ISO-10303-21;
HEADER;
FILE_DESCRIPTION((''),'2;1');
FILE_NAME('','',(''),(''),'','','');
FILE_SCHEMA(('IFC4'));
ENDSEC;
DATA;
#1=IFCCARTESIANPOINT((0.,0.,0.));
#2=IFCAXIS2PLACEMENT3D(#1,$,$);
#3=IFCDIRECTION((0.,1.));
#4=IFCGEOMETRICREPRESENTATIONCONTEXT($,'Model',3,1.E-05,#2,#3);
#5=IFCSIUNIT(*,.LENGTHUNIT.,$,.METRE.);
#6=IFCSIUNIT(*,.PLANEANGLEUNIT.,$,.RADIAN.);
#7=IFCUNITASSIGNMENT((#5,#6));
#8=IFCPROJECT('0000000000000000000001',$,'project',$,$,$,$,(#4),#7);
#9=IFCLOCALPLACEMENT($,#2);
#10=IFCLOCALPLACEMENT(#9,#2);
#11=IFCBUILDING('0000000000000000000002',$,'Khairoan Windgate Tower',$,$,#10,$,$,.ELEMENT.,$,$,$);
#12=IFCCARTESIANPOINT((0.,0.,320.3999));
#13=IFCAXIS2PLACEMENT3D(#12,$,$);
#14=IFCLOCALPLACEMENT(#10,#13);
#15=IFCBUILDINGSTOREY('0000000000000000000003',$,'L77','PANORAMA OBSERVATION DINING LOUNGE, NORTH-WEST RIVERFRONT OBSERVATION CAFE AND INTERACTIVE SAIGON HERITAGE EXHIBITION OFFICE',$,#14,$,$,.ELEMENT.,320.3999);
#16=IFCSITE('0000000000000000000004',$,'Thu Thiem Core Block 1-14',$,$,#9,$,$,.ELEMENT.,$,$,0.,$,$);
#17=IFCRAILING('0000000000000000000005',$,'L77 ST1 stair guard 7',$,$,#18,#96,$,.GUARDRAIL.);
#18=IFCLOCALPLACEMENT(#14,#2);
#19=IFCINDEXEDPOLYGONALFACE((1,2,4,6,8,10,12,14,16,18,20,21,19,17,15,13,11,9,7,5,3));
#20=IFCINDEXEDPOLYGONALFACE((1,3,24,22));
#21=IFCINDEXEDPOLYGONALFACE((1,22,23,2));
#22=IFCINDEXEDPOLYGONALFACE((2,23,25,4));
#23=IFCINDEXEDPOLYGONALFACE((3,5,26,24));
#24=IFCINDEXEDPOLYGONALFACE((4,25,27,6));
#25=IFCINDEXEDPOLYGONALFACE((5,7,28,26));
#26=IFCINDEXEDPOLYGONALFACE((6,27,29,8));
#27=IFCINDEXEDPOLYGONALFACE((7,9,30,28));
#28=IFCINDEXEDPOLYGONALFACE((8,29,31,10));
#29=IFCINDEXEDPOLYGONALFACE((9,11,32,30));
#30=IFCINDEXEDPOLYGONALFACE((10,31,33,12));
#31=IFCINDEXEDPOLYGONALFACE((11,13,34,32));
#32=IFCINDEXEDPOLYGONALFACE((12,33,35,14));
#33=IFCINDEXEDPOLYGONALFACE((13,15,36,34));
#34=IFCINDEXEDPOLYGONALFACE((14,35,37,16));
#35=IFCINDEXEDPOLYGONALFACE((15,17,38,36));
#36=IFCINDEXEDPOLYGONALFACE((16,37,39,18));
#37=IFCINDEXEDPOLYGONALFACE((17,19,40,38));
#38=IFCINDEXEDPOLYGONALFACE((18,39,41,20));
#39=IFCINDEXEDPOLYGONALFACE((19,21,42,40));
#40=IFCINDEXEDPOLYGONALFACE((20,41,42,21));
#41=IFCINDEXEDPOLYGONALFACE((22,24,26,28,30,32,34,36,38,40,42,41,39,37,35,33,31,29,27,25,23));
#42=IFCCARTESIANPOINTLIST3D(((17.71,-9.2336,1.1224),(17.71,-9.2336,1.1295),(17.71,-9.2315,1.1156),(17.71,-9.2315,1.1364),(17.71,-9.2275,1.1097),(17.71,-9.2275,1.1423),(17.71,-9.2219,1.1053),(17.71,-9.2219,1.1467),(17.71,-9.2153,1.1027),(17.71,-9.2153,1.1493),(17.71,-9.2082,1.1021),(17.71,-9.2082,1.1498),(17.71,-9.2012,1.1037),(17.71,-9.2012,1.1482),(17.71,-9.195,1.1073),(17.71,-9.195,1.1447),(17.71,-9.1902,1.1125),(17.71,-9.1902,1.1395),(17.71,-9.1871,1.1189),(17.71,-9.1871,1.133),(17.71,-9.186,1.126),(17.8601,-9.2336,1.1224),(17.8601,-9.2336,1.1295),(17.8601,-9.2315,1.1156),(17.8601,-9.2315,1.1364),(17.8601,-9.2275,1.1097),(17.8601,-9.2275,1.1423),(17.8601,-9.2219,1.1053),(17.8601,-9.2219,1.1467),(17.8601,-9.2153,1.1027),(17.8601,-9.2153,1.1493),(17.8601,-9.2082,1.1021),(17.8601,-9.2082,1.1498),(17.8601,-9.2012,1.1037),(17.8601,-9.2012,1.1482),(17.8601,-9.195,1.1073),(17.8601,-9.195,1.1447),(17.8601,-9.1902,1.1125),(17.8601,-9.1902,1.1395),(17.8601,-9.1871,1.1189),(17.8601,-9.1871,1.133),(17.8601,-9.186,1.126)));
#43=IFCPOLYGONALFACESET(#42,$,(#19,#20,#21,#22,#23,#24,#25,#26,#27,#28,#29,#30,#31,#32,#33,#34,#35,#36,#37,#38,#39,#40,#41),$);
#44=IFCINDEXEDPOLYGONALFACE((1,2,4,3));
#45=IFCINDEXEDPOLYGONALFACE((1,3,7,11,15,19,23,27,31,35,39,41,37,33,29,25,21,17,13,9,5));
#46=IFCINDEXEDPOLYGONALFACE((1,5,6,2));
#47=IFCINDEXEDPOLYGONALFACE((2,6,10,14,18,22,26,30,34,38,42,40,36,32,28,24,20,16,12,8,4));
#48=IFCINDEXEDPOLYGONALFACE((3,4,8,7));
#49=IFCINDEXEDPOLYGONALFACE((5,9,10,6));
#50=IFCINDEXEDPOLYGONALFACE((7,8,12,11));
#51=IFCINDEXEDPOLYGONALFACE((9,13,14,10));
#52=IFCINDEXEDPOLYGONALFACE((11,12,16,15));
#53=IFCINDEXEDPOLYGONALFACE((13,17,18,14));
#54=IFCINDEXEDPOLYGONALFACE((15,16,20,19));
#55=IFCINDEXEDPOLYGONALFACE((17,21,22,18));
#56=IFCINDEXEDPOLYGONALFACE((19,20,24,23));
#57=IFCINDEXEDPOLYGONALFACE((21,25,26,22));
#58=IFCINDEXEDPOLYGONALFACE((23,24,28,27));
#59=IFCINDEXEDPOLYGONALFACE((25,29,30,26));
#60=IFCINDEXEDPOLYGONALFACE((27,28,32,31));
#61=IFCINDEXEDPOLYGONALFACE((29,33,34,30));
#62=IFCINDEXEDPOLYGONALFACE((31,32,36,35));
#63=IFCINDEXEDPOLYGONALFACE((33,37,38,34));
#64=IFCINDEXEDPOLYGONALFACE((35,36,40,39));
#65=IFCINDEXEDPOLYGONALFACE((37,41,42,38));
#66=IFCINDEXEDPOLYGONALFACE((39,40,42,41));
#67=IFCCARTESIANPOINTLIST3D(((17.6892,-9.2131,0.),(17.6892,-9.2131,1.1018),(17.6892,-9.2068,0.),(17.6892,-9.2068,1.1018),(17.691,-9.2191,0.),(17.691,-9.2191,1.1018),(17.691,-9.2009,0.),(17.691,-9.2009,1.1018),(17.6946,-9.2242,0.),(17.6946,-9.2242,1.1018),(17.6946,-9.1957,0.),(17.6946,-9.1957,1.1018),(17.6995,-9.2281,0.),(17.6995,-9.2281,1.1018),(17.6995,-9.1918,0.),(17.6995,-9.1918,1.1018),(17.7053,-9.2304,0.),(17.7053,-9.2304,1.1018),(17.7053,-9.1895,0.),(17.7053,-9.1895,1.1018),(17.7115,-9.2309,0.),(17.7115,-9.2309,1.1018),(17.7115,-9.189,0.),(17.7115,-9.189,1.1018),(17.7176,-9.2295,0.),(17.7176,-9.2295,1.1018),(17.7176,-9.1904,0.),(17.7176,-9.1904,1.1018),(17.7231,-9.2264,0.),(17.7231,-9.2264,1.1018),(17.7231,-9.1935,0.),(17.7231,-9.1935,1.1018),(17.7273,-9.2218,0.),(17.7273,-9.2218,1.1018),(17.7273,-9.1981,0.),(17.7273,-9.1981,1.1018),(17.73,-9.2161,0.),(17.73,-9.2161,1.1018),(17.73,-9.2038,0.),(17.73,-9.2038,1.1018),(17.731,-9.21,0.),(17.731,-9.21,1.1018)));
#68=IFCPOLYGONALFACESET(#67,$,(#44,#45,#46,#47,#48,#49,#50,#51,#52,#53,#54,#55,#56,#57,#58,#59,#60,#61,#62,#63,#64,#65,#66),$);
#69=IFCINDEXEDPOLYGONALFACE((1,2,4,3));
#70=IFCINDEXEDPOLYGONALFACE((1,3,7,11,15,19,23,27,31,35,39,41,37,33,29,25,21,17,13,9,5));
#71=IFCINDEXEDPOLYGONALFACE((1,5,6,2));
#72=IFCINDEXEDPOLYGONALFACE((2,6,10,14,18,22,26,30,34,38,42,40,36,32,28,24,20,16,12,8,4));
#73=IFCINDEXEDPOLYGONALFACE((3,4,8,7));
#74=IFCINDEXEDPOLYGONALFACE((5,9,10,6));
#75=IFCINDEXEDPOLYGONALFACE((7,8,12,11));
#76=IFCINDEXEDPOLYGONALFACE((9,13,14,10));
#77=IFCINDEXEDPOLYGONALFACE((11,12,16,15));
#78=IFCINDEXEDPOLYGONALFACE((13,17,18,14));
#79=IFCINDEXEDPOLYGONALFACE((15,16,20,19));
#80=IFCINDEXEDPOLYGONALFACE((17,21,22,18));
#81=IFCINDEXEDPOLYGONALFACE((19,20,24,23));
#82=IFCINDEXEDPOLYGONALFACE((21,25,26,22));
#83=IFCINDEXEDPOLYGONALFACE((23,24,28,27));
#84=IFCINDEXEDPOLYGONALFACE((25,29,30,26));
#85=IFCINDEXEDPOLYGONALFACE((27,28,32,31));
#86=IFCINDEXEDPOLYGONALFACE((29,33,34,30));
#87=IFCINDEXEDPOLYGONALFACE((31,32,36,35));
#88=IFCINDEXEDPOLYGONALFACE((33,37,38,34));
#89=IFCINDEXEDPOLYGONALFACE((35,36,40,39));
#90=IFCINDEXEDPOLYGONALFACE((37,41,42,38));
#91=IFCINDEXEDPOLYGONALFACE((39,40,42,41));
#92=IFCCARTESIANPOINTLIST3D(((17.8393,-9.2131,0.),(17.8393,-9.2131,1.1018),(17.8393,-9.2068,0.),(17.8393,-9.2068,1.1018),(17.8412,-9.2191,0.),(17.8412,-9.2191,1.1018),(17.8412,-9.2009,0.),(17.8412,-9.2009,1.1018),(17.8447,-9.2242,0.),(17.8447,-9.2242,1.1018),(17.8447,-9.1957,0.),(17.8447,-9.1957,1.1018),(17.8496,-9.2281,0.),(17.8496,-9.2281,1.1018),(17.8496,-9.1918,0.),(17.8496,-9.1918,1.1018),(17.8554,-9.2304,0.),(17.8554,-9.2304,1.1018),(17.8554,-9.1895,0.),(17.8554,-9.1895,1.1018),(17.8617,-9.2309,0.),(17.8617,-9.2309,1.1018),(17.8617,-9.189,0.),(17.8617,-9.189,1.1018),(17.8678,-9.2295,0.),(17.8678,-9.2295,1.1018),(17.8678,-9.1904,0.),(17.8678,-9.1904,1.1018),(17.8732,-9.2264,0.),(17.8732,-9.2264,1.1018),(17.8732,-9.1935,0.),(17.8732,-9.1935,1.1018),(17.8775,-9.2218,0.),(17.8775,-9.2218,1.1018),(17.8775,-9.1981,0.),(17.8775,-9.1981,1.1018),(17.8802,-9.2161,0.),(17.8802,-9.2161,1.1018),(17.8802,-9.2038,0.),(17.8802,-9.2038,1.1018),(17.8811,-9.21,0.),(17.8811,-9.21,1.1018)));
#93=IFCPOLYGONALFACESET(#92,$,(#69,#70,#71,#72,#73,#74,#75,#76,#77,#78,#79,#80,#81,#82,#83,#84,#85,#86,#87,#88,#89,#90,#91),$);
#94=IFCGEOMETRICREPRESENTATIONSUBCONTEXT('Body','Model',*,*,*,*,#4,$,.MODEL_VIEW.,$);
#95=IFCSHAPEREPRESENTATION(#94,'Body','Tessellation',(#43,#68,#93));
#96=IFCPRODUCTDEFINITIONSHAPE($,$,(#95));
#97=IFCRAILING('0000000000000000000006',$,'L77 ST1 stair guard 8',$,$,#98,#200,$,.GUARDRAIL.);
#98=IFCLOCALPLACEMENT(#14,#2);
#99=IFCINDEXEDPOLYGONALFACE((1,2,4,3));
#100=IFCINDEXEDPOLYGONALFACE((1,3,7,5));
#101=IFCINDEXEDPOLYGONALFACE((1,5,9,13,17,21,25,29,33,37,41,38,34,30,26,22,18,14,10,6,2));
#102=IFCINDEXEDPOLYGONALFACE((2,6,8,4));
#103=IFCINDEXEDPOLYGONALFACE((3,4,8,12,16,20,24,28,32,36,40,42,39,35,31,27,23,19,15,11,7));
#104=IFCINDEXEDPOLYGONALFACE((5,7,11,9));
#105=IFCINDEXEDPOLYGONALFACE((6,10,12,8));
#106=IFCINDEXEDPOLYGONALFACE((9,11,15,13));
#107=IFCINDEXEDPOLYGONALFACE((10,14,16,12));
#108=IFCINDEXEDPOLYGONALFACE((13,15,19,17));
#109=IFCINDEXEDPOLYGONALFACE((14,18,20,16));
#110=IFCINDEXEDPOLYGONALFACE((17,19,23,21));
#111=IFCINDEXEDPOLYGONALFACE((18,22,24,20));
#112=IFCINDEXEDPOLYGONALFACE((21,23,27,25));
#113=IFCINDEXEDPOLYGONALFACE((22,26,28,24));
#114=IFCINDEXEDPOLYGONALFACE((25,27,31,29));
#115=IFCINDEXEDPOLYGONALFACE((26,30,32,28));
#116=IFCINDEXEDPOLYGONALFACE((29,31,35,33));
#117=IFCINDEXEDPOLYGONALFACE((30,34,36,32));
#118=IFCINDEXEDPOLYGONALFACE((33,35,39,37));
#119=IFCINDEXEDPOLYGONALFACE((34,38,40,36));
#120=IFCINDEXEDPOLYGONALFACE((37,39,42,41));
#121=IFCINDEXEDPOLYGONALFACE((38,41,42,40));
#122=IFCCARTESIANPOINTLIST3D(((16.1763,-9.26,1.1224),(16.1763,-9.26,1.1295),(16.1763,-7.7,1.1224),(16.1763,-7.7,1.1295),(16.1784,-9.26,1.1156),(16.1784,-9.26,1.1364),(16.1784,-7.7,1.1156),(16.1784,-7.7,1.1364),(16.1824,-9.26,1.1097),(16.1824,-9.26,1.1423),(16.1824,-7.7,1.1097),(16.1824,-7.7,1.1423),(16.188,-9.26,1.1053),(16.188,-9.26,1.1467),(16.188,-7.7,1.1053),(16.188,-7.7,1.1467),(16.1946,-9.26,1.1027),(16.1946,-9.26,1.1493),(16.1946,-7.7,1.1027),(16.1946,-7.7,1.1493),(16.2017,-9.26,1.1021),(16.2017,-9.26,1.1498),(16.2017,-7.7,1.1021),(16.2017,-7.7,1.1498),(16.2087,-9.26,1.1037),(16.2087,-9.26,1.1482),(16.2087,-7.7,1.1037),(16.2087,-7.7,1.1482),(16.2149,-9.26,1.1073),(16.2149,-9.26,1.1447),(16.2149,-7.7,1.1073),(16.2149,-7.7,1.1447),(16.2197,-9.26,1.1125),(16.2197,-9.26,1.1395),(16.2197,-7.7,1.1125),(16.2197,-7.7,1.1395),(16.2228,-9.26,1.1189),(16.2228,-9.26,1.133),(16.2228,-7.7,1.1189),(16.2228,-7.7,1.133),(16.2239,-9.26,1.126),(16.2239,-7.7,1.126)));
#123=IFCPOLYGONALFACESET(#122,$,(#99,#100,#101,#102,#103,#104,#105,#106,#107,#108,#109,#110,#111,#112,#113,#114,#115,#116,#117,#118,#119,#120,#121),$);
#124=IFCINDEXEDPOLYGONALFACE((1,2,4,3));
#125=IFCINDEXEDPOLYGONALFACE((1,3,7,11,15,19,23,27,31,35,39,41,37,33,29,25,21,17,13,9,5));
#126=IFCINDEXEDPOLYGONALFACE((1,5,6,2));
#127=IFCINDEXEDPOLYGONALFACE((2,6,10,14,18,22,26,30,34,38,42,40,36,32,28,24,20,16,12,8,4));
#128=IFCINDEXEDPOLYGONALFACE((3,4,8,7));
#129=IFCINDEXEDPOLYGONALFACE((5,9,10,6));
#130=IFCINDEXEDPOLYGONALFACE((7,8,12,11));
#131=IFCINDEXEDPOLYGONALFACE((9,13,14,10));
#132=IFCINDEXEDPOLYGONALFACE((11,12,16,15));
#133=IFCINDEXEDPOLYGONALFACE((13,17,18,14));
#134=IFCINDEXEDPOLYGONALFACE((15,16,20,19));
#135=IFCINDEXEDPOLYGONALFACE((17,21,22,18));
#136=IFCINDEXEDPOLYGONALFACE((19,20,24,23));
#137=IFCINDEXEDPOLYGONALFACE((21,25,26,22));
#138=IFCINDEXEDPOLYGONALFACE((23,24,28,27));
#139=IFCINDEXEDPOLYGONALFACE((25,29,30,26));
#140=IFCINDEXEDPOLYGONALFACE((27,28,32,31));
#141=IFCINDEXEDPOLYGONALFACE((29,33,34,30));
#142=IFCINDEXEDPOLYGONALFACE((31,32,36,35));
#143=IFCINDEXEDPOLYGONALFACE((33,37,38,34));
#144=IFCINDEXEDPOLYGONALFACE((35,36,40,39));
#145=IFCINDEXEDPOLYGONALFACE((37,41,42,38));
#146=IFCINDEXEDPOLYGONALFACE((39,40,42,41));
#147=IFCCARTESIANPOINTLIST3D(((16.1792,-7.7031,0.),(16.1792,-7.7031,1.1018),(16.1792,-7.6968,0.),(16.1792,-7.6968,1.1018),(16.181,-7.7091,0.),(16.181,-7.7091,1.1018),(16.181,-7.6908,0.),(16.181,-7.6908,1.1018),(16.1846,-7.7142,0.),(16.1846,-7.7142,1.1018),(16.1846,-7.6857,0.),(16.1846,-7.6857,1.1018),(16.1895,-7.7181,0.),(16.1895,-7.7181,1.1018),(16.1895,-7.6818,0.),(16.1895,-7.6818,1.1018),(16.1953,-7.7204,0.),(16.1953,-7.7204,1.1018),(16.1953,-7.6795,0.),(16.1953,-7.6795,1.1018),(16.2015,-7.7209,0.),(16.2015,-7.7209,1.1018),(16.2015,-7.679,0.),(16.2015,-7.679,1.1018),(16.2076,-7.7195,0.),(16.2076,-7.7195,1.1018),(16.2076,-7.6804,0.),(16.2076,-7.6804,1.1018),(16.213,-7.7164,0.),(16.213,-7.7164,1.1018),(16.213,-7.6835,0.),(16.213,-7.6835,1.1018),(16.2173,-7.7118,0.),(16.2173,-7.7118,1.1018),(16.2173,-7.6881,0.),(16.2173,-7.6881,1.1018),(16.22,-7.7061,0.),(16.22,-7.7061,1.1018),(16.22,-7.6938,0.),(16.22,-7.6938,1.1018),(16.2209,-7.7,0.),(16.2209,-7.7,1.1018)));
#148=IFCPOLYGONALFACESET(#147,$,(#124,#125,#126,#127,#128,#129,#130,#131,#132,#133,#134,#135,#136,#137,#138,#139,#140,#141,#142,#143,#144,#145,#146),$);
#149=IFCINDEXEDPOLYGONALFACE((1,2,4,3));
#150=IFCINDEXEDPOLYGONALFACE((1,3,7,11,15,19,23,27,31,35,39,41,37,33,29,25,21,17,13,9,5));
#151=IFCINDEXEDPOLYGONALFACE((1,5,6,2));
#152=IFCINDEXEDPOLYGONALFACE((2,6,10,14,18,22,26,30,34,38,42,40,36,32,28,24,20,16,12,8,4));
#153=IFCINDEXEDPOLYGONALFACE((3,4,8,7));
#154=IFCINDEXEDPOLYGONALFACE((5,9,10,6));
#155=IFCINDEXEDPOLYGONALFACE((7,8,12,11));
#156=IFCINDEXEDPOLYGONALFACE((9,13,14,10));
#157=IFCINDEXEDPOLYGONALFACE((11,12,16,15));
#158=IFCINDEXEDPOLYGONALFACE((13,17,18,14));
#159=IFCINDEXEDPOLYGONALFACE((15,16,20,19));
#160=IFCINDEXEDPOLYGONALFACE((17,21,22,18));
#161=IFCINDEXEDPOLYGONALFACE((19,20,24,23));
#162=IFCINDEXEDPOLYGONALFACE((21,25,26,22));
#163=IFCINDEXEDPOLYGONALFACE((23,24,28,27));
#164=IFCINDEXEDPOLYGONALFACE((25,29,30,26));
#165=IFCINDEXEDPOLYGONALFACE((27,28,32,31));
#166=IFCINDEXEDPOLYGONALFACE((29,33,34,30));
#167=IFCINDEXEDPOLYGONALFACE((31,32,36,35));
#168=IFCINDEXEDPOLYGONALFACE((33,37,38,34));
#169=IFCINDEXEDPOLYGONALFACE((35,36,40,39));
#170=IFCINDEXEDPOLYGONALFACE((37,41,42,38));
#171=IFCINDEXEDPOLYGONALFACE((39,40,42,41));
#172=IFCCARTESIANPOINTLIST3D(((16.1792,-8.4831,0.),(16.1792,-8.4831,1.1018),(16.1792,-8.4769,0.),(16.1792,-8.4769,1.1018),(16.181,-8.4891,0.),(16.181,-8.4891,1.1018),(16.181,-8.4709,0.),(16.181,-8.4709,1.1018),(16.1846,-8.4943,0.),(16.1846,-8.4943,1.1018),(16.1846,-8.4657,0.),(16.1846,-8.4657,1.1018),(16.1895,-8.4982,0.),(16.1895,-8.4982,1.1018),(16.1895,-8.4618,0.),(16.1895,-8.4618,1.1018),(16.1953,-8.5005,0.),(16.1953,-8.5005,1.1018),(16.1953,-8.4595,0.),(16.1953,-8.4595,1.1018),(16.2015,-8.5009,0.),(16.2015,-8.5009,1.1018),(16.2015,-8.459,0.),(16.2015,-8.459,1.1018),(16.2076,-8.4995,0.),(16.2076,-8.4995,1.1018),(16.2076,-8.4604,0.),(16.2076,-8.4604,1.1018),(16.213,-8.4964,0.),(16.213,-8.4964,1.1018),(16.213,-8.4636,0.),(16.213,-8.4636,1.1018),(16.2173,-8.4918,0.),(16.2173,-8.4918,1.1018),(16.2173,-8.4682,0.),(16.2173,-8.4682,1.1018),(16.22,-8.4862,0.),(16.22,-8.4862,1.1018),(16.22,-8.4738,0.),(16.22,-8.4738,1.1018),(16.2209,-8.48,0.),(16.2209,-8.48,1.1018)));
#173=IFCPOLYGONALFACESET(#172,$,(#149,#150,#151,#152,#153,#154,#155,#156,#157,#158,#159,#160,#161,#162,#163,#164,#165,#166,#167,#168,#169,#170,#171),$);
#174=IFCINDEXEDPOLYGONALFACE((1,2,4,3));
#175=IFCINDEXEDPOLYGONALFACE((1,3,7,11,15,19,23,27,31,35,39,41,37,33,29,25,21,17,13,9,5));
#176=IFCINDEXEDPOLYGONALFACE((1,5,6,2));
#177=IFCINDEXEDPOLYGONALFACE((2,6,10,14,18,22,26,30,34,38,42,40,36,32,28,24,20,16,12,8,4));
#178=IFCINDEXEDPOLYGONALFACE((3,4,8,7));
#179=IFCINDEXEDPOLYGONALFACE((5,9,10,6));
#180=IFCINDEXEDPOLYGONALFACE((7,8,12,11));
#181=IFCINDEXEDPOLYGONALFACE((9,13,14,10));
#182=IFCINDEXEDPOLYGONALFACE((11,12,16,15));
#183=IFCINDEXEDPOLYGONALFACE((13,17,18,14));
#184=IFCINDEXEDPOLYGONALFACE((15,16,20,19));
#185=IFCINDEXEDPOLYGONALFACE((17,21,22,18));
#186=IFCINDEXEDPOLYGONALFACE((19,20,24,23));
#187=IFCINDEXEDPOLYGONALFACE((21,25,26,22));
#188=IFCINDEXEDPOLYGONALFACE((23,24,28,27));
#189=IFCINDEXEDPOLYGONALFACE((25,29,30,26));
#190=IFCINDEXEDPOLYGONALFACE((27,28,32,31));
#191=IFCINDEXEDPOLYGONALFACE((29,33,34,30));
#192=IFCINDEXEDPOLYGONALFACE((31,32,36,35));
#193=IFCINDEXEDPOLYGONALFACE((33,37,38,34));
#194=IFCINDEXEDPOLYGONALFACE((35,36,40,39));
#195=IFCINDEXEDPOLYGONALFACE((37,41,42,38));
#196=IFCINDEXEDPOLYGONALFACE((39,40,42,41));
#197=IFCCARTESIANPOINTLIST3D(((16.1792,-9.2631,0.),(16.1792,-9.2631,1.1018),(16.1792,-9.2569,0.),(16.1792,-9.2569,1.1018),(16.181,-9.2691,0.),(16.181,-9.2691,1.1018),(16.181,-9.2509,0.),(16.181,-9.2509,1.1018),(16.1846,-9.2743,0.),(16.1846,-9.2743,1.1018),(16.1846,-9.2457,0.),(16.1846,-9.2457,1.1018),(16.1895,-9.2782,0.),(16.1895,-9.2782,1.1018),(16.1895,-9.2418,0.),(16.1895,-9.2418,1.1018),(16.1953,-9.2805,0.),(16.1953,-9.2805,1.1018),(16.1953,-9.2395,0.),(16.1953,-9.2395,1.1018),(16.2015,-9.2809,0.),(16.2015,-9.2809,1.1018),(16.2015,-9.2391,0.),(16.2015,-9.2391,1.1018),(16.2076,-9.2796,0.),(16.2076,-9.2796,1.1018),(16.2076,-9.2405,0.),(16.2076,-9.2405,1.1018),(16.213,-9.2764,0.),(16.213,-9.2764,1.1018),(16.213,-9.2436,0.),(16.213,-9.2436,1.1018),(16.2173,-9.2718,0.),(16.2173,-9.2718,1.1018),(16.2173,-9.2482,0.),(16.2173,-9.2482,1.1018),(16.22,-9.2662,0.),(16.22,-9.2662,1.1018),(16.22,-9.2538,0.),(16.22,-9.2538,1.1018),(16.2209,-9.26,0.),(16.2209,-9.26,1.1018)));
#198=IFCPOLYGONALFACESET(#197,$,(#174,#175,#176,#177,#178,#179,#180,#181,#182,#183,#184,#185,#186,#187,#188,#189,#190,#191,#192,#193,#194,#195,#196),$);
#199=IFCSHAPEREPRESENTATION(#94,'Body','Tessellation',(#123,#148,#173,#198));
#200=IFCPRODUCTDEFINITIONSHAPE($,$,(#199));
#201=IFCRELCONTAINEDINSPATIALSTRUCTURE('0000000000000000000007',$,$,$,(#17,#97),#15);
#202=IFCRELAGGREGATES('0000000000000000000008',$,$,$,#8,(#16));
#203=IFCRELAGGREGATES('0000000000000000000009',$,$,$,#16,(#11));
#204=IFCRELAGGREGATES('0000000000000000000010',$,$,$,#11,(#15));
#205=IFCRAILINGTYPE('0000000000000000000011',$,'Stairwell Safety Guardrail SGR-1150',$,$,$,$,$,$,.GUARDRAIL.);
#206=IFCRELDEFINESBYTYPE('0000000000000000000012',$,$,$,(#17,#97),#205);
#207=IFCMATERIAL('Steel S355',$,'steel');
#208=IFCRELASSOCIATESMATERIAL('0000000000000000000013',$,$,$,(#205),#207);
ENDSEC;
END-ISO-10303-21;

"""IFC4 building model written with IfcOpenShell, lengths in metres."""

from ifc_helpers import new_model, si_unit, direction, frame, origin, origin_2d, place, context, subcontext, project, spatial, circle, extrude, material, type_object, element, save


model = new_model("IFC4")

# Units and contexts
model_context = context("Model", 3, precision=1e-05, world=origin(), true_north=direction((0.0, 1.0)))
body_context = subcontext(model_context, "Body", "Model", "MODEL_VIEW")
ifc_project = project(units=[si_unit("LENGTHUNIT", "METRE"), si_unit("PLANEANGLEUNIT", "RADIAN")], contexts=[model_context])

# Site, building, storey
site_placement = place(None, origin())
site = spatial("IfcSite", under=ifc_project, at=site_placement, Name="Thu Thiem Core Block 1-14", CompositionType="ELEMENT", RefElevation=0.0)
building_placement = place(site_placement, origin())
building = spatial("IfcBuilding", under=site, at=building_placement, Name="Khairoan Windgate Tower", CompositionType="ELEMENT")
storey_placement = place(building_placement, frame((0.0, 0.0, 320.3999)))
storey = spatial("IfcBuildingStorey", under=building, at=storey_placement, Name="L77", Description="PANORAMA OBSERVATION DINING LOUNGE, NORTH-WEST RIVERFRONT OBSERVATION CAFE AND INTERACTIVE SAIGON HERITAGE EXHIBITION OFFICE", CompositionType="ELEMENT", Elevation=320.3999)

# Railings
ifc_material_1 = material(Name="Steel S355", Category="steel")
railing_type_1 = type_object("IfcRailingType", Name="Stairwell Safety Guardrail SGR-1150", PredefinedType="GUARDRAIL", material=ifc_material_1)
railing_1_placement = place(storey_placement, frame((17.71, -9.21, 0.0)))
element("IfcRailing", 1, at=railing_1_placement, inside=storey, type_object=railing_type_1, Name="L77 ST1 stair guard 7", PredefinedType="GUARDRAIL", context=body_context, shape_type="SweptSolid", body=[
    extrude(circle(Radius=0.0239, at=origin_2d()), frame((0.0, 0.0, 1.126), z_axis=(1.0, 0.0, 0.0), x_axis=(0.0, 1.0, 0.0)), (0.0, 0.0, 1.0), 0.1501),
    extrude(circle(Radius=0.021, at=origin_2d()), origin(), (0.0, 0.0, 1.0), 1.1018),
    extrude(circle(Radius=0.021, at=origin_2d()), frame((0.1501, 0.0, 0.0)), (0.0, 0.0, 1.0), 1.1018),
])
for number, where, name in (
    (2, (16.2, -7.7, 0.0), "L77 ST1 stair guard 8"),
):
    element("IfcRailing", number, at=place(storey_placement, frame(where)), inside=storey, type_object=railing_type_1, Name=name, PredefinedType="GUARDRAIL", context=body_context, shape_type="SweptSolid", body=[
        extrude(circle(Radius=0.0239, at=origin_2d()), frame((0.0, 0.0, 1.126), z_axis=(0.0, -1.0, 0.0), x_axis=(1.0, 0.0, 0.0)), (0.0, 0.0, 1.0), 1.5601),
        extrude(circle(Radius=0.021, at=origin_2d()), origin(), (0.0, 0.0, 1.0), 1.1018),
        extrude(circle(Radius=0.021, at=origin_2d()), frame((0.0, -0.78, 0.0)), (0.0, 0.0, 1.0), 1.1018),
        extrude(circle(Radius=0.021, at=origin_2d()), frame((0.0, -1.5601, 0.0)), (0.0, 0.0, 1.0), 1.1018),
    ])

save(model, "model.ifc")
